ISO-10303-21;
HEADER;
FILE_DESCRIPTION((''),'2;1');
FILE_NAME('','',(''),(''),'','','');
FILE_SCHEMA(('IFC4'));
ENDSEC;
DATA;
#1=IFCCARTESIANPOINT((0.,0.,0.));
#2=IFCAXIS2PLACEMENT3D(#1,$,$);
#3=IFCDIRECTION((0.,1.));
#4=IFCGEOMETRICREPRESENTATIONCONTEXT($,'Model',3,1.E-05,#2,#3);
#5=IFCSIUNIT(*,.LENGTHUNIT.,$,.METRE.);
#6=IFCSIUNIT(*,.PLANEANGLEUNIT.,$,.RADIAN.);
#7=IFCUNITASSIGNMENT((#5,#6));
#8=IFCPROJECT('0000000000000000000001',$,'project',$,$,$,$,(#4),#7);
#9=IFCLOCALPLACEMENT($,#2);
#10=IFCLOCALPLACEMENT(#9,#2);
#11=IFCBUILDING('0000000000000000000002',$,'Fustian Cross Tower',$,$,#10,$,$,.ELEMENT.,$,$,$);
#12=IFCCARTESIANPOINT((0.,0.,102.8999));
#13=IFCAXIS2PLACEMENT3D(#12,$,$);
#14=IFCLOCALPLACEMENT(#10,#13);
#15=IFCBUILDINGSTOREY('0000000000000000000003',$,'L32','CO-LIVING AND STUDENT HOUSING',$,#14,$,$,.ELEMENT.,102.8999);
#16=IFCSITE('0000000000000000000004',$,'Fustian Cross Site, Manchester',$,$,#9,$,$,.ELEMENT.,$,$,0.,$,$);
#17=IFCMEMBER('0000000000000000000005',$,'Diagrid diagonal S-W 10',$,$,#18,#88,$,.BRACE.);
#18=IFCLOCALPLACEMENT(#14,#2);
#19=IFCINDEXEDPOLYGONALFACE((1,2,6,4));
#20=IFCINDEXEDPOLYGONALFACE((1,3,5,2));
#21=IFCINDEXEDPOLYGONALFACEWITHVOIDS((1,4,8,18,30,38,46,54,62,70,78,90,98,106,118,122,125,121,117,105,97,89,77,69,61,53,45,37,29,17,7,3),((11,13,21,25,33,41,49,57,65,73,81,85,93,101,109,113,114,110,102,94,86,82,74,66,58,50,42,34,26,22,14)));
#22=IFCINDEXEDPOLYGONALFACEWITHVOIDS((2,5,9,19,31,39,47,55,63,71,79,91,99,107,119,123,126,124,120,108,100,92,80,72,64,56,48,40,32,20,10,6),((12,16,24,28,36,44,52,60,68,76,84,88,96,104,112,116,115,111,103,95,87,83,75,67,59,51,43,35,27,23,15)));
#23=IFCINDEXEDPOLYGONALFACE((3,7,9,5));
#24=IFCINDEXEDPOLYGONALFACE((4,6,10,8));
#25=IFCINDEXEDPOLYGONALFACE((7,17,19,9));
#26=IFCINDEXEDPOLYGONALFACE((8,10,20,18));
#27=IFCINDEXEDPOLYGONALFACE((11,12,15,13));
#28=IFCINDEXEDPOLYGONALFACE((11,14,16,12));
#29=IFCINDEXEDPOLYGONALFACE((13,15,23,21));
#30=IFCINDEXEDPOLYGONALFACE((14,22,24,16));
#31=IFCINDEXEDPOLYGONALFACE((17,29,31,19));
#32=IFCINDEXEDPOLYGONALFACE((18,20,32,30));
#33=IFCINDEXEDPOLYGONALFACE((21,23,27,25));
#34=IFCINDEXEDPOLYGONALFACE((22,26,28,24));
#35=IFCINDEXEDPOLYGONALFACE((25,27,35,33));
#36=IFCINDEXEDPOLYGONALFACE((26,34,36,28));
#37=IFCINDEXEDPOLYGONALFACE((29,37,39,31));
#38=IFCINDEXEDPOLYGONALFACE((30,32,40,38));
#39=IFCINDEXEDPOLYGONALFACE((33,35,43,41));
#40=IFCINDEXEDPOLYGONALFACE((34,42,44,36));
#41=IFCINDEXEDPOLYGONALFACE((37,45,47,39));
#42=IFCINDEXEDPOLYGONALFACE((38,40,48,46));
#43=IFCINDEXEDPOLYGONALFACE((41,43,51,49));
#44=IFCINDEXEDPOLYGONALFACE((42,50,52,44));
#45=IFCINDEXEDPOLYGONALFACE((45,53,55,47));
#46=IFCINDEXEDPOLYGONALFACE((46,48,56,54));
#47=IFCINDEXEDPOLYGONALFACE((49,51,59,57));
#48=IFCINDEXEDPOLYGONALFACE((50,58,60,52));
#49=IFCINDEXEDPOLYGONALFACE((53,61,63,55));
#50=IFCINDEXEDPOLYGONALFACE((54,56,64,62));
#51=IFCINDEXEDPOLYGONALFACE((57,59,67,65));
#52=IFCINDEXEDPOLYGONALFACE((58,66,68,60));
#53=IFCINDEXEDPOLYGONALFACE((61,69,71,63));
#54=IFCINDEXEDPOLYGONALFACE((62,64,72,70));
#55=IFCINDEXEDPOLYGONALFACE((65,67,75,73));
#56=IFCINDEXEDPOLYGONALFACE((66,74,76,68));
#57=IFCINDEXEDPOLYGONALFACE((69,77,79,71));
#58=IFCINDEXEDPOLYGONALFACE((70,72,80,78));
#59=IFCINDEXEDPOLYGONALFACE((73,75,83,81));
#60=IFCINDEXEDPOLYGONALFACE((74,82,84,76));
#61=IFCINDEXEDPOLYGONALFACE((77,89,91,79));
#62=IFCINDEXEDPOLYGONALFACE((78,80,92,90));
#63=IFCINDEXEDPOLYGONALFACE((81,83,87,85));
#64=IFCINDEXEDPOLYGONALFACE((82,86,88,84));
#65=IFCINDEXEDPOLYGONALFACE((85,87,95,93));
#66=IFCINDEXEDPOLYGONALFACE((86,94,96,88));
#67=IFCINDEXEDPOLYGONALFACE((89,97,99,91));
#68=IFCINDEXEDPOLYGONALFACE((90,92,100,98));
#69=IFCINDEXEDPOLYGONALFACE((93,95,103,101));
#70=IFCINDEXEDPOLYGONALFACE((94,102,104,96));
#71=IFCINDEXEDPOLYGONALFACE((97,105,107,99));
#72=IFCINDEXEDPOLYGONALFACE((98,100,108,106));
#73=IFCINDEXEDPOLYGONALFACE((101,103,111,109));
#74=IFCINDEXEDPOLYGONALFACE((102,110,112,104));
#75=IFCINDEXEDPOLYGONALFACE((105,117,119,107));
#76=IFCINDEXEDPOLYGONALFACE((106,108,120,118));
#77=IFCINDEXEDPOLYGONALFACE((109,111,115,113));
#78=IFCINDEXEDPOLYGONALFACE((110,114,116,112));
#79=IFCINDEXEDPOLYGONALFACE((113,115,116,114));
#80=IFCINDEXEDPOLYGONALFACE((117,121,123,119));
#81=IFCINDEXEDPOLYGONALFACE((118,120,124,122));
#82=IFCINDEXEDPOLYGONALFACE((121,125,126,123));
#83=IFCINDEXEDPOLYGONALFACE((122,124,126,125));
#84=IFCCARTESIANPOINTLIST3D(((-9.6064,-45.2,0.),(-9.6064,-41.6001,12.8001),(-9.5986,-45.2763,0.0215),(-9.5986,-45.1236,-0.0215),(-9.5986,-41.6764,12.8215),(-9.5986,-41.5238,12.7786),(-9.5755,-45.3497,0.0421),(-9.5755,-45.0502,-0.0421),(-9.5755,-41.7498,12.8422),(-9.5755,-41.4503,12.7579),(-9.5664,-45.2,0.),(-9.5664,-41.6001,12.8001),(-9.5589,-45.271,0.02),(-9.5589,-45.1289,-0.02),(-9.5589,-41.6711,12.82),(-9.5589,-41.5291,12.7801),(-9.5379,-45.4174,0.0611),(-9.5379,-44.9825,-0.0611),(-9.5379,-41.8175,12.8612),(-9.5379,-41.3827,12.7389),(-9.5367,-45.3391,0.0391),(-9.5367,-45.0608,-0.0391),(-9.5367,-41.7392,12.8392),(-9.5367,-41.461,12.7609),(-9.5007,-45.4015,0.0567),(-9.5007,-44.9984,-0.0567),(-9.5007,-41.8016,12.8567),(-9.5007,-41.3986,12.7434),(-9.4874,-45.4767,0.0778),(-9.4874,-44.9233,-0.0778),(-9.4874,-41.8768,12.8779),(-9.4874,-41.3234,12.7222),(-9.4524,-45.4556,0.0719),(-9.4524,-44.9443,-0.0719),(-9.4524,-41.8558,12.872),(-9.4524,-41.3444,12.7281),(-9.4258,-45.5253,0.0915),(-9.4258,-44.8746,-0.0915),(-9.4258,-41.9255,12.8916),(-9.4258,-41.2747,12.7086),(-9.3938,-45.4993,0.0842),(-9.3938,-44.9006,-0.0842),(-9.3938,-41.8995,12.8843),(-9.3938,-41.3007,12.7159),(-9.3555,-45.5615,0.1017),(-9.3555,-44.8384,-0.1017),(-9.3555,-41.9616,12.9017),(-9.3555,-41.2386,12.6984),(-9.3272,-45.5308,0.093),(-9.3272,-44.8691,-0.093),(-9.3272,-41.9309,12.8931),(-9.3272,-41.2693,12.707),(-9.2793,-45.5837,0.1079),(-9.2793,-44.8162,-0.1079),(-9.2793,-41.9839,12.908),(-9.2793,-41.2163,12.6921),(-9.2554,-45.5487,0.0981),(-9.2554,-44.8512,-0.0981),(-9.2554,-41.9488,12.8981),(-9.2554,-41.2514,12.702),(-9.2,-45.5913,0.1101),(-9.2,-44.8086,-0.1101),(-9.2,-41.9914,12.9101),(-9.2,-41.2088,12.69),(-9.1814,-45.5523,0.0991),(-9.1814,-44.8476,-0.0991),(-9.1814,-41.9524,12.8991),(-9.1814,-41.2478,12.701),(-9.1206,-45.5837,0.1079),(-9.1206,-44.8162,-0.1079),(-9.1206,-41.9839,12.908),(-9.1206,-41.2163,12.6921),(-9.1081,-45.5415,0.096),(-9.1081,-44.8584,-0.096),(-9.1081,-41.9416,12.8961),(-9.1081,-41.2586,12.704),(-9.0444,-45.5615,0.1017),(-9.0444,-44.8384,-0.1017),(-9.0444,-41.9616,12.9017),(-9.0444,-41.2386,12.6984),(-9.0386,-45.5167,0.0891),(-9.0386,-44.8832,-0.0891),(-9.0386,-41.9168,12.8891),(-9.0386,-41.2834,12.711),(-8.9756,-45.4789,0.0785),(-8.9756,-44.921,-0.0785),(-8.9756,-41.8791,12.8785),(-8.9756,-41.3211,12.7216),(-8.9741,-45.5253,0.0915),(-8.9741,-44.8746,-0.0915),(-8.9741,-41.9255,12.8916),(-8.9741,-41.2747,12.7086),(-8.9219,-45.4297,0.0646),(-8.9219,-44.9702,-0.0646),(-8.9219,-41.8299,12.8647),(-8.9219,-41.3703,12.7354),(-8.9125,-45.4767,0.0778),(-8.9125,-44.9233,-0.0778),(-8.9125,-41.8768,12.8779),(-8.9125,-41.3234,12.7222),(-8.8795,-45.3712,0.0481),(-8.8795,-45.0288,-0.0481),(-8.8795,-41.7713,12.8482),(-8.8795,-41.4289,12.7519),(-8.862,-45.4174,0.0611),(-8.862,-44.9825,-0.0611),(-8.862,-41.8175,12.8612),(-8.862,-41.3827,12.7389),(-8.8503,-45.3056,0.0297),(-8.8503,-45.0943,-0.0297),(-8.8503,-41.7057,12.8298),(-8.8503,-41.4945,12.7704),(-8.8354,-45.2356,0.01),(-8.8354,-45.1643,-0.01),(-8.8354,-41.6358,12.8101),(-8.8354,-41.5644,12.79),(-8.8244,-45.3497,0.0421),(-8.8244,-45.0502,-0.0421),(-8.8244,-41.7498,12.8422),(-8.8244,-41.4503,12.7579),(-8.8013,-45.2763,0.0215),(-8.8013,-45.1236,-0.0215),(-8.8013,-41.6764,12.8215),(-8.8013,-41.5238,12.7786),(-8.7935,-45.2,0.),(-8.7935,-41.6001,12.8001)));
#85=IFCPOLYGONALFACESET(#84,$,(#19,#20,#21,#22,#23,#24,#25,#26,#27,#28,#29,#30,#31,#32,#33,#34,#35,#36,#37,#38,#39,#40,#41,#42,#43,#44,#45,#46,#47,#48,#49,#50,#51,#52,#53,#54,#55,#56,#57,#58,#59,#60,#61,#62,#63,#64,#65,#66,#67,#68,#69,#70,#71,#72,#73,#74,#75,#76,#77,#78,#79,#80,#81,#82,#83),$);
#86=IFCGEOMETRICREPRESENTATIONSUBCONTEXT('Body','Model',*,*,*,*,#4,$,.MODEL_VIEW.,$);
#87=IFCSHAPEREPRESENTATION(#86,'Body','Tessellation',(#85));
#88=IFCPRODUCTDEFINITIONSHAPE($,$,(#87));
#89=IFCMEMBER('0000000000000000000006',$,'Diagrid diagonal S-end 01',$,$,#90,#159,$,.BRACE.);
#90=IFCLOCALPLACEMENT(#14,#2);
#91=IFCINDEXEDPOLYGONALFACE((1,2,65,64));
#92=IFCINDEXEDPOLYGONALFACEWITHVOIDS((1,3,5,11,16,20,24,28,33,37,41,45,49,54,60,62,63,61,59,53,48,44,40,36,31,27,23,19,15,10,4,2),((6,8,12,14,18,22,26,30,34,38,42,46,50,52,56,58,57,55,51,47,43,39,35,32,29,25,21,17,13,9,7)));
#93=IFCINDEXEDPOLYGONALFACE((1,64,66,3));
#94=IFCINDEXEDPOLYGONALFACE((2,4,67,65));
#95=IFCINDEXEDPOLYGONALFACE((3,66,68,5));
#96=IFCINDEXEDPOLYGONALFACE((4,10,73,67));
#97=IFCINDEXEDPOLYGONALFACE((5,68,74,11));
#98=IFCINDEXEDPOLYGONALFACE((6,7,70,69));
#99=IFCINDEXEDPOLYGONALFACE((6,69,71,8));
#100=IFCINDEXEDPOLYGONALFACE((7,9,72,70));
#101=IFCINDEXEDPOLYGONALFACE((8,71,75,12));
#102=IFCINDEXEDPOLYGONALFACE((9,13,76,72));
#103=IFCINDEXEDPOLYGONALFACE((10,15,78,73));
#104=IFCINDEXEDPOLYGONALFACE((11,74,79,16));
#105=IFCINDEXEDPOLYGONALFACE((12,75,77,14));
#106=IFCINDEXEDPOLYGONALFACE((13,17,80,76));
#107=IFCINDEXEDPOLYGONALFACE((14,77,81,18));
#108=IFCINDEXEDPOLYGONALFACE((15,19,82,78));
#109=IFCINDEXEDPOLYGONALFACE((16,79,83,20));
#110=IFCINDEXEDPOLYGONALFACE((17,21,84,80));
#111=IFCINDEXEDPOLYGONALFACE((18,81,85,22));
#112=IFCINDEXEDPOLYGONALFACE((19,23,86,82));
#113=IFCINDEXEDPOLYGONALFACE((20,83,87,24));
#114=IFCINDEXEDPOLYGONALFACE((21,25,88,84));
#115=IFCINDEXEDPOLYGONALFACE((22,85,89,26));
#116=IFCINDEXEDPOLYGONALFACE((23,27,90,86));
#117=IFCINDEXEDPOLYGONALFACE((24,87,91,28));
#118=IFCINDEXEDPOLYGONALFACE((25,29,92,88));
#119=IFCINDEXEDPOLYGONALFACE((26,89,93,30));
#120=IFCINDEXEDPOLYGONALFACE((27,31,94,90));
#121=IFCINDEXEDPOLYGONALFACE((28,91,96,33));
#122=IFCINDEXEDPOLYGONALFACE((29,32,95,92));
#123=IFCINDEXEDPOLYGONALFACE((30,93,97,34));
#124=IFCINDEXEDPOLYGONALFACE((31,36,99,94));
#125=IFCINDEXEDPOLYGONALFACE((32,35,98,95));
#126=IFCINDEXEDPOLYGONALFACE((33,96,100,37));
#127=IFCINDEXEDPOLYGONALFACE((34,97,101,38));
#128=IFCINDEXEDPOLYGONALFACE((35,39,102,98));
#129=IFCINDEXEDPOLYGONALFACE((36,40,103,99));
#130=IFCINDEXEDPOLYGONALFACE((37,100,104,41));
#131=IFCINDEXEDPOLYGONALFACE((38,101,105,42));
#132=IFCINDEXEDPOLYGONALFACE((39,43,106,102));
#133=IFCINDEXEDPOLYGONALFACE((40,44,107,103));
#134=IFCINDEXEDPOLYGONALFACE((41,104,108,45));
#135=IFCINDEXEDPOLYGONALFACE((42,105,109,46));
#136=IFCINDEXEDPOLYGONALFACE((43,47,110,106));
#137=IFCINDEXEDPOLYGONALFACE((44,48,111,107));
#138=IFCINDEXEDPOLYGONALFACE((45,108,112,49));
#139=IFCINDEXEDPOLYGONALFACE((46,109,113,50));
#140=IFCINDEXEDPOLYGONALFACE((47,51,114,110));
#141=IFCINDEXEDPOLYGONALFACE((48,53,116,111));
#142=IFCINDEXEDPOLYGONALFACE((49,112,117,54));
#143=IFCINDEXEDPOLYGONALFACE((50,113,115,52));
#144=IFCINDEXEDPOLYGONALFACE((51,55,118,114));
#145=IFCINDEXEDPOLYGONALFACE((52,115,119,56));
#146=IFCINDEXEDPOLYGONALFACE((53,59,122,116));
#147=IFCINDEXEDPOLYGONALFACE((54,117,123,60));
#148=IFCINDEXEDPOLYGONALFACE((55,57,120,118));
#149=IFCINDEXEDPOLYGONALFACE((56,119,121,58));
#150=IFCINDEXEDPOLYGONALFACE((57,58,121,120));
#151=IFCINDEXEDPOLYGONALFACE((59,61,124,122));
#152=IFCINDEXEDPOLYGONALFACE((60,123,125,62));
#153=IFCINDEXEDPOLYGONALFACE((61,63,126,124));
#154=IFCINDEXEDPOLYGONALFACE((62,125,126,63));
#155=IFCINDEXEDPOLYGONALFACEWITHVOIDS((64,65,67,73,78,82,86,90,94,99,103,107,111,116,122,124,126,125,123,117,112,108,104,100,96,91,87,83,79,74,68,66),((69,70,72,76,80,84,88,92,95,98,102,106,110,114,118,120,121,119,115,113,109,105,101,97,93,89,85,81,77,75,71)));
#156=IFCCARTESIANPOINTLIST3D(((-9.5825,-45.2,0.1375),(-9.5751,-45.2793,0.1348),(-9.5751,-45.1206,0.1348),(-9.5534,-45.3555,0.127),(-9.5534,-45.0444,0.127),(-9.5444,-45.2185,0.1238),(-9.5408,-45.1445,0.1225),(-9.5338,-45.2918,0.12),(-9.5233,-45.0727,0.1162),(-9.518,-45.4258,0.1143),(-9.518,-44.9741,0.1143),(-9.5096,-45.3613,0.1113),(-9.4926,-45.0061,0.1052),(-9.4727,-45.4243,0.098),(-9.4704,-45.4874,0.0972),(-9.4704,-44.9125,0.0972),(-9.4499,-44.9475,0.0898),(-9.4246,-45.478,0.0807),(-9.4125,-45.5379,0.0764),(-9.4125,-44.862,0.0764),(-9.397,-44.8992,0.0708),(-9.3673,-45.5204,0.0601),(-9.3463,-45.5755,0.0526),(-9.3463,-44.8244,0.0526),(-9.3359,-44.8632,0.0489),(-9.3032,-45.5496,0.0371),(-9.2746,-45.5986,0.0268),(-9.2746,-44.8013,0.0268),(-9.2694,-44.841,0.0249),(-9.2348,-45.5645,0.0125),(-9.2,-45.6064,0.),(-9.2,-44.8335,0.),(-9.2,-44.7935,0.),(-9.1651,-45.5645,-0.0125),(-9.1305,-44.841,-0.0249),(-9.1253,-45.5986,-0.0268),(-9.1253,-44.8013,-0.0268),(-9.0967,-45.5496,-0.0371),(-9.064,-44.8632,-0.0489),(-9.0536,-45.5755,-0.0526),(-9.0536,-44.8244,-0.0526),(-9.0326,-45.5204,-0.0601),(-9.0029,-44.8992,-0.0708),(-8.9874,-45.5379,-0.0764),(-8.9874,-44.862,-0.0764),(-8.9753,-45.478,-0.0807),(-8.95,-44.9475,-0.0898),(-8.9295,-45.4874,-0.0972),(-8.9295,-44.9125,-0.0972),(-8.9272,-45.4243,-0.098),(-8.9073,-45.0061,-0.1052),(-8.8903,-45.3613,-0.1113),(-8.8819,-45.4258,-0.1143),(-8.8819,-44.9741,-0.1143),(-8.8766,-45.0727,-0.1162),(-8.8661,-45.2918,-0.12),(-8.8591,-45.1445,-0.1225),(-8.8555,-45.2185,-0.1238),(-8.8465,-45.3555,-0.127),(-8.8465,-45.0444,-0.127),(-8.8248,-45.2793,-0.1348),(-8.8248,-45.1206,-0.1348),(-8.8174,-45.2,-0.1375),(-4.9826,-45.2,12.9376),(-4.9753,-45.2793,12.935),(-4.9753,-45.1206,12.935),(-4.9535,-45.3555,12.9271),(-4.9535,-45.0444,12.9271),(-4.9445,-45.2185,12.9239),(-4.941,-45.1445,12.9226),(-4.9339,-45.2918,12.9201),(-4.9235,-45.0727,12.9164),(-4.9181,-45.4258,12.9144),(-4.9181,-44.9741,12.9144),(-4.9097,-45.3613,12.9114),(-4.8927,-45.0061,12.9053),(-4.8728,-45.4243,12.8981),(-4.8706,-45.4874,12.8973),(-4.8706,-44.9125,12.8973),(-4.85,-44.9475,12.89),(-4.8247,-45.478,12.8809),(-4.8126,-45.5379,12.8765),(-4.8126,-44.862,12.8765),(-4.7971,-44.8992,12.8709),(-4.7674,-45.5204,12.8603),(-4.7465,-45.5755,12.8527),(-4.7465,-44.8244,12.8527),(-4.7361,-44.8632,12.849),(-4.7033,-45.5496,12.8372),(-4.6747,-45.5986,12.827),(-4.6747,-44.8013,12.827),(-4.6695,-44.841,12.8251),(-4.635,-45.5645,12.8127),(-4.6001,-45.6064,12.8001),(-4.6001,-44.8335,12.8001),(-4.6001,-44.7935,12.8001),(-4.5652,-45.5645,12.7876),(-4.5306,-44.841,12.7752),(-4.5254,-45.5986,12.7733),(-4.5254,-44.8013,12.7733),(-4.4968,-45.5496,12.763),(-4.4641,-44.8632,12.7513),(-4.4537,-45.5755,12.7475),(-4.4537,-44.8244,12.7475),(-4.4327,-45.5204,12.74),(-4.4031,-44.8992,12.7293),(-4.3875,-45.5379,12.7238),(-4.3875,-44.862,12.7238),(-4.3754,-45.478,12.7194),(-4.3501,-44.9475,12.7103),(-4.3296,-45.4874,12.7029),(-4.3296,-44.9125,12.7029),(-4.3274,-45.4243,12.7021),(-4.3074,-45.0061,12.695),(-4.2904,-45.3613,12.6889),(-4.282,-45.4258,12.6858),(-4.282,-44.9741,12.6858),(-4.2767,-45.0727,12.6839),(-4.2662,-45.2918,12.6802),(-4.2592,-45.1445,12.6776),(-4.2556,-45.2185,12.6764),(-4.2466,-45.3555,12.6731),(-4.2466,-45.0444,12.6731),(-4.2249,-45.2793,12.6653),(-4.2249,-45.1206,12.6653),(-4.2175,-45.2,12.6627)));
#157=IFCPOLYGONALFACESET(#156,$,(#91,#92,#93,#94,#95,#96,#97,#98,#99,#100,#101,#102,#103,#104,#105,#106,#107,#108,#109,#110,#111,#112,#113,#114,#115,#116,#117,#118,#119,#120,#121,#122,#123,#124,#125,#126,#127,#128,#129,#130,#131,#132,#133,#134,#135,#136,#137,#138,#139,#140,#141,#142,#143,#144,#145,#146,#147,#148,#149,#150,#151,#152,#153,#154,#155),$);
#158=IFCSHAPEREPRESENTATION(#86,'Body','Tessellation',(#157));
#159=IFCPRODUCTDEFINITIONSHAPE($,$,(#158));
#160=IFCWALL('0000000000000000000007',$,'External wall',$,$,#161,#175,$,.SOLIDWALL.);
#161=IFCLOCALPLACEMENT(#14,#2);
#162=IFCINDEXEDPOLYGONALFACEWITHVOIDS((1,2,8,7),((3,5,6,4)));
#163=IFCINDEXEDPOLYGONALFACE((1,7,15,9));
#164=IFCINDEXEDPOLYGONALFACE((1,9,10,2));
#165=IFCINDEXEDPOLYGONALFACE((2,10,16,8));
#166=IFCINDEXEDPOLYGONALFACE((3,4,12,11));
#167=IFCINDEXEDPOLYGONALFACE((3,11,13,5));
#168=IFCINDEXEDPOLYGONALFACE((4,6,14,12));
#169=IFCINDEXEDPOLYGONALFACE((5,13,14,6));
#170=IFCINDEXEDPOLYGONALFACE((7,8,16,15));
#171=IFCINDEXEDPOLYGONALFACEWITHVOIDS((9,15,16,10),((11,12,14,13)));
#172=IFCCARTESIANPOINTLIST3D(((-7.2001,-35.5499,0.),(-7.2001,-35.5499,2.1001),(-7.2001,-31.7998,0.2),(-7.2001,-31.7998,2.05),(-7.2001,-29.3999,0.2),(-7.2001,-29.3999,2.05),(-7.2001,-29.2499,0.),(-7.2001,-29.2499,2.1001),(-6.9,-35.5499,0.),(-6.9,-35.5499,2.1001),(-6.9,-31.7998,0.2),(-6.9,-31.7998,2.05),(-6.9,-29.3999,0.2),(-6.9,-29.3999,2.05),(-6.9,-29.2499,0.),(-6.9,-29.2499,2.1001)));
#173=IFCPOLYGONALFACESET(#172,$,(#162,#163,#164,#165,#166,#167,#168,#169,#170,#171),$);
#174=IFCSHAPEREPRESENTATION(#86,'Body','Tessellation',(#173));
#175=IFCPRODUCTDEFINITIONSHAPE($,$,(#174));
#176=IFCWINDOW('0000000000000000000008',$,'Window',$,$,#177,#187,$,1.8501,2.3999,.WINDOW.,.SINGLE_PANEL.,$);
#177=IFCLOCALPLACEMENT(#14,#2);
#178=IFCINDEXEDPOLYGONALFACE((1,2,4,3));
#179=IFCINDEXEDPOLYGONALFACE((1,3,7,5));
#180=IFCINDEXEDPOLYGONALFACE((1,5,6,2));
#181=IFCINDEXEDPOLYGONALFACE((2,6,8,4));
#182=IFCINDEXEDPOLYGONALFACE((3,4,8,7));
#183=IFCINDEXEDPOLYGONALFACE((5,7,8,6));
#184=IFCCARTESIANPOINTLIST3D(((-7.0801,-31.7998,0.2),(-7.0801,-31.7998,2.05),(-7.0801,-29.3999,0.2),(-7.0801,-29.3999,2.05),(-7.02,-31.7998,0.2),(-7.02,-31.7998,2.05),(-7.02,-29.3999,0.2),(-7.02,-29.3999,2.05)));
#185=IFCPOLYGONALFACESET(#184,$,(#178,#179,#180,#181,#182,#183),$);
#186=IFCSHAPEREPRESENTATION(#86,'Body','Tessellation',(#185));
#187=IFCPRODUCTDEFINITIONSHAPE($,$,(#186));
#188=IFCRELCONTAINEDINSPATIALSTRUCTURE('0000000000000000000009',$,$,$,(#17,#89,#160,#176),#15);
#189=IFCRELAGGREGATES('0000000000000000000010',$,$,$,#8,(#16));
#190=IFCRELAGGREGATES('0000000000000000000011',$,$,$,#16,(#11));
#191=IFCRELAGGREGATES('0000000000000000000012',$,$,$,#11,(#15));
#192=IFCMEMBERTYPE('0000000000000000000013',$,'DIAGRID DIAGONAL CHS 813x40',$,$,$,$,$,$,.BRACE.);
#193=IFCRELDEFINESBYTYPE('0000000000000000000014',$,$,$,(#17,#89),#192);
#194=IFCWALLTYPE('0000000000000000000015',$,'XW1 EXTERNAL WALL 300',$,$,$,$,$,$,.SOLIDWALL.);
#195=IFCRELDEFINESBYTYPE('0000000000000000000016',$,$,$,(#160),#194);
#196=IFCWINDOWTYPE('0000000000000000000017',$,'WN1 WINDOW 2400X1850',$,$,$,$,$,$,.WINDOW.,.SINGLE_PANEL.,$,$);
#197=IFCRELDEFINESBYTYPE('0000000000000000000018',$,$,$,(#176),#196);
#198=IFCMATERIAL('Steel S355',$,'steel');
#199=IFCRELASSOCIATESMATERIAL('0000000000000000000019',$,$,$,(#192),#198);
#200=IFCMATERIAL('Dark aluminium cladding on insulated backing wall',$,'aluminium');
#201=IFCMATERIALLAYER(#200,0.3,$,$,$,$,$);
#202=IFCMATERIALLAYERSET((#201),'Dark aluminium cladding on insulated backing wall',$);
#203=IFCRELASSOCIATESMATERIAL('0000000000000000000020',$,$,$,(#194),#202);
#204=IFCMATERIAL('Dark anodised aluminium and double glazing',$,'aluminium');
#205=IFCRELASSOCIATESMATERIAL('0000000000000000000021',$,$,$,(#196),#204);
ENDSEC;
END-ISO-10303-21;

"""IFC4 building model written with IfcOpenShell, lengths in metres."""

from ifc_helpers import new_model, si_unit, direction, frame, frame_2d, origin, origin_2d, place, context, subcontext, project, spatial, rectangle, hollow_circle, extrude, material, layer, layer_set, material_profile, profile_set, type_object, element, fill, save


model = new_model("IFC4")

# Units and contexts
model_context = context("Model", 3, precision=1e-05, world=origin(), true_north=direction((0.0, 1.0)))
body_context = subcontext(model_context, "Body", "Model", "MODEL_VIEW")
ifc_project = project(units=[si_unit("LENGTHUNIT", "METRE"), si_unit("PLANEANGLEUNIT", "RADIAN")], contexts=[model_context])

# Site, building, storey
site_placement = place(None, origin())
site = spatial("IfcSite", under=ifc_project, at=site_placement, Name="Fustian Cross Site, Manchester", CompositionType="ELEMENT", RefElevation=0.0)
building_placement = place(site_placement, origin())
building = spatial("IfcBuilding", under=site, at=building_placement, Name="Fustian Cross Tower", CompositionType="ELEMENT")
storey_placement = place(building_placement, frame((0.0, 0.0, 102.8999)))
storey = spatial("IfcBuildingStorey", under=building, at=storey_placement, Name="L32", Description="CO-LIVING AND STUDENT HOUSING", CompositionType="ELEMENT", Elevation=102.8999)

# Members
ifc_material_1 = material(Name="Steel S355", Category="steel")
ifc_material_profile_1 = material_profile(ifc_material_1, hollow_circle(Radius=0.4065, WallThickness=0.04, at=origin_2d()), Name="CHS 813x40")
ifc_profile_set_1 = profile_set([ifc_material_profile_1], Name="Steel S355")
member_type_1 = type_object("IfcMemberType", Name="DIAGRID DIAGONAL CHS 813x40", PredefinedType="BRACE", material=ifc_profile_set_1)
for number, where, z_axis, x_axis, name in (
    (1, (-9.2, -45.2, 0.0), (0.0, 0.270734, 0.962654), (-1.0, 0.0, 0.0), "Diagrid diagonal S-W 10"),
):
    element("IfcMember", number, at=place(storey_placement, frame(where, z_axis=z_axis, x_axis=x_axis)), inside=storey, type_object=member_type_1, Name=name, PredefinedType="BRACE", context=body_context, shape_type="SweptSolid", body=[
        extrude(hollow_circle(Radius=0.4065, WallThickness=0.04, at=origin_2d()), origin(), (0.0, 0.0, 1.0), 13.2966),
    ])
member_1_placement = place(storey_placement, frame((-9.2, -45.2, 0.0), z_axis=(0.338188, 0.0, 0.941079), x_axis=(0.0, 1.0, 0.0)))
element("IfcMember", 2, at=member_1_placement, inside=storey, type_object=member_type_1, Name="Diagrid diagonal S-end 01", PredefinedType="BRACE", context=body_context, shape_type="SweptSolid", body=[
    extrude(hollow_circle(Radius=0.4065, WallThickness=0.04, at=origin_2d()), origin(), (0.0, 0.0, 1.0), 13.6016),
])

# Wall, opening, window
ifc_material_2 = material(Name="Dark aluminium cladding on insulated backing wall", Category="aluminium")
ifc_layer = layer(ifc_material_2, 0.3)
ifc_layer_set = layer_set([ifc_layer], Name="Dark aluminium cladding on insulated backing wall")
wall_type = type_object("IfcWallType", Name="XW1 EXTERNAL WALL 300", PredefinedType="SOLIDWALL", material=ifc_layer_set)
wall_1_placement = place(storey_placement, frame((-7.05, -29.25, 0.0), z_axis=(0.0, 0.0, 1.0), x_axis=(0.0, -1.0, 0.0)))
wall_1 = element("IfcWall", 3, at=wall_1_placement, inside=storey, type_object=wall_type, Name="External wall", PredefinedType="SOLIDWALL", context=body_context, shape_type="SweptSolid", body=[
    extrude(rectangle(XDim=6.3, YDim=0.3, at=frame_2d((3.1499, 0.0))), origin(), (0.0, 0.0, 1.0), 2.1001),
])
opening_1_placement = place(wall_1_placement, frame((0.1499, 0.0, 0.2)))
opening_1 = element("IfcOpeningElement", 4, at=opening_1_placement, cuts=wall_1, PredefinedType="OPENING", context=body_context, shape_type="SweptSolid", body=[
    extrude(rectangle(XDim=2.3999, YDim=1.8501, at=frame_2d((1.2, 0.925))), frame((0.0, 0.1599, 0.0), z_axis=(0.0, -1.0, 0.0), x_axis=(1.0, 0.0, 0.0)), (0.0, 0.0, 1.0), 0.3201),
])
ifc_material_3 = material(Name="Dark anodised aluminium and double glazing", Category="aluminium")
window_type_1 = type_object("IfcWindowType", Name="WN1 WINDOW 2400X1850", PartitioningType="SINGLE_PANEL", PredefinedType="WINDOW", material=ifc_material_3)
window_1_placement = place(opening_1_placement, origin())
window_1 = element("IfcWindow", 5, at=window_1_placement, inside=storey, type_object=window_type_1, Name="Window", OverallHeight=1.8501, OverallWidth=2.3999, PartitioningType="SINGLE_PANEL", PredefinedType="WINDOW", context=body_context, shape_type="SweptSolid", body=[
    extrude(rectangle(XDim=2.3999, YDim=1.8501, at=frame_2d((1.2, 0.925))), frame((0.0, 0.03, 0.0), z_axis=(0.0, -1.0, 0.0), x_axis=(1.0, 0.0, 0.0)), (0.0, 0.0, 1.0), 0.0601),
])
fill(opening_1, window_1)

save(model, "model.ifc")
